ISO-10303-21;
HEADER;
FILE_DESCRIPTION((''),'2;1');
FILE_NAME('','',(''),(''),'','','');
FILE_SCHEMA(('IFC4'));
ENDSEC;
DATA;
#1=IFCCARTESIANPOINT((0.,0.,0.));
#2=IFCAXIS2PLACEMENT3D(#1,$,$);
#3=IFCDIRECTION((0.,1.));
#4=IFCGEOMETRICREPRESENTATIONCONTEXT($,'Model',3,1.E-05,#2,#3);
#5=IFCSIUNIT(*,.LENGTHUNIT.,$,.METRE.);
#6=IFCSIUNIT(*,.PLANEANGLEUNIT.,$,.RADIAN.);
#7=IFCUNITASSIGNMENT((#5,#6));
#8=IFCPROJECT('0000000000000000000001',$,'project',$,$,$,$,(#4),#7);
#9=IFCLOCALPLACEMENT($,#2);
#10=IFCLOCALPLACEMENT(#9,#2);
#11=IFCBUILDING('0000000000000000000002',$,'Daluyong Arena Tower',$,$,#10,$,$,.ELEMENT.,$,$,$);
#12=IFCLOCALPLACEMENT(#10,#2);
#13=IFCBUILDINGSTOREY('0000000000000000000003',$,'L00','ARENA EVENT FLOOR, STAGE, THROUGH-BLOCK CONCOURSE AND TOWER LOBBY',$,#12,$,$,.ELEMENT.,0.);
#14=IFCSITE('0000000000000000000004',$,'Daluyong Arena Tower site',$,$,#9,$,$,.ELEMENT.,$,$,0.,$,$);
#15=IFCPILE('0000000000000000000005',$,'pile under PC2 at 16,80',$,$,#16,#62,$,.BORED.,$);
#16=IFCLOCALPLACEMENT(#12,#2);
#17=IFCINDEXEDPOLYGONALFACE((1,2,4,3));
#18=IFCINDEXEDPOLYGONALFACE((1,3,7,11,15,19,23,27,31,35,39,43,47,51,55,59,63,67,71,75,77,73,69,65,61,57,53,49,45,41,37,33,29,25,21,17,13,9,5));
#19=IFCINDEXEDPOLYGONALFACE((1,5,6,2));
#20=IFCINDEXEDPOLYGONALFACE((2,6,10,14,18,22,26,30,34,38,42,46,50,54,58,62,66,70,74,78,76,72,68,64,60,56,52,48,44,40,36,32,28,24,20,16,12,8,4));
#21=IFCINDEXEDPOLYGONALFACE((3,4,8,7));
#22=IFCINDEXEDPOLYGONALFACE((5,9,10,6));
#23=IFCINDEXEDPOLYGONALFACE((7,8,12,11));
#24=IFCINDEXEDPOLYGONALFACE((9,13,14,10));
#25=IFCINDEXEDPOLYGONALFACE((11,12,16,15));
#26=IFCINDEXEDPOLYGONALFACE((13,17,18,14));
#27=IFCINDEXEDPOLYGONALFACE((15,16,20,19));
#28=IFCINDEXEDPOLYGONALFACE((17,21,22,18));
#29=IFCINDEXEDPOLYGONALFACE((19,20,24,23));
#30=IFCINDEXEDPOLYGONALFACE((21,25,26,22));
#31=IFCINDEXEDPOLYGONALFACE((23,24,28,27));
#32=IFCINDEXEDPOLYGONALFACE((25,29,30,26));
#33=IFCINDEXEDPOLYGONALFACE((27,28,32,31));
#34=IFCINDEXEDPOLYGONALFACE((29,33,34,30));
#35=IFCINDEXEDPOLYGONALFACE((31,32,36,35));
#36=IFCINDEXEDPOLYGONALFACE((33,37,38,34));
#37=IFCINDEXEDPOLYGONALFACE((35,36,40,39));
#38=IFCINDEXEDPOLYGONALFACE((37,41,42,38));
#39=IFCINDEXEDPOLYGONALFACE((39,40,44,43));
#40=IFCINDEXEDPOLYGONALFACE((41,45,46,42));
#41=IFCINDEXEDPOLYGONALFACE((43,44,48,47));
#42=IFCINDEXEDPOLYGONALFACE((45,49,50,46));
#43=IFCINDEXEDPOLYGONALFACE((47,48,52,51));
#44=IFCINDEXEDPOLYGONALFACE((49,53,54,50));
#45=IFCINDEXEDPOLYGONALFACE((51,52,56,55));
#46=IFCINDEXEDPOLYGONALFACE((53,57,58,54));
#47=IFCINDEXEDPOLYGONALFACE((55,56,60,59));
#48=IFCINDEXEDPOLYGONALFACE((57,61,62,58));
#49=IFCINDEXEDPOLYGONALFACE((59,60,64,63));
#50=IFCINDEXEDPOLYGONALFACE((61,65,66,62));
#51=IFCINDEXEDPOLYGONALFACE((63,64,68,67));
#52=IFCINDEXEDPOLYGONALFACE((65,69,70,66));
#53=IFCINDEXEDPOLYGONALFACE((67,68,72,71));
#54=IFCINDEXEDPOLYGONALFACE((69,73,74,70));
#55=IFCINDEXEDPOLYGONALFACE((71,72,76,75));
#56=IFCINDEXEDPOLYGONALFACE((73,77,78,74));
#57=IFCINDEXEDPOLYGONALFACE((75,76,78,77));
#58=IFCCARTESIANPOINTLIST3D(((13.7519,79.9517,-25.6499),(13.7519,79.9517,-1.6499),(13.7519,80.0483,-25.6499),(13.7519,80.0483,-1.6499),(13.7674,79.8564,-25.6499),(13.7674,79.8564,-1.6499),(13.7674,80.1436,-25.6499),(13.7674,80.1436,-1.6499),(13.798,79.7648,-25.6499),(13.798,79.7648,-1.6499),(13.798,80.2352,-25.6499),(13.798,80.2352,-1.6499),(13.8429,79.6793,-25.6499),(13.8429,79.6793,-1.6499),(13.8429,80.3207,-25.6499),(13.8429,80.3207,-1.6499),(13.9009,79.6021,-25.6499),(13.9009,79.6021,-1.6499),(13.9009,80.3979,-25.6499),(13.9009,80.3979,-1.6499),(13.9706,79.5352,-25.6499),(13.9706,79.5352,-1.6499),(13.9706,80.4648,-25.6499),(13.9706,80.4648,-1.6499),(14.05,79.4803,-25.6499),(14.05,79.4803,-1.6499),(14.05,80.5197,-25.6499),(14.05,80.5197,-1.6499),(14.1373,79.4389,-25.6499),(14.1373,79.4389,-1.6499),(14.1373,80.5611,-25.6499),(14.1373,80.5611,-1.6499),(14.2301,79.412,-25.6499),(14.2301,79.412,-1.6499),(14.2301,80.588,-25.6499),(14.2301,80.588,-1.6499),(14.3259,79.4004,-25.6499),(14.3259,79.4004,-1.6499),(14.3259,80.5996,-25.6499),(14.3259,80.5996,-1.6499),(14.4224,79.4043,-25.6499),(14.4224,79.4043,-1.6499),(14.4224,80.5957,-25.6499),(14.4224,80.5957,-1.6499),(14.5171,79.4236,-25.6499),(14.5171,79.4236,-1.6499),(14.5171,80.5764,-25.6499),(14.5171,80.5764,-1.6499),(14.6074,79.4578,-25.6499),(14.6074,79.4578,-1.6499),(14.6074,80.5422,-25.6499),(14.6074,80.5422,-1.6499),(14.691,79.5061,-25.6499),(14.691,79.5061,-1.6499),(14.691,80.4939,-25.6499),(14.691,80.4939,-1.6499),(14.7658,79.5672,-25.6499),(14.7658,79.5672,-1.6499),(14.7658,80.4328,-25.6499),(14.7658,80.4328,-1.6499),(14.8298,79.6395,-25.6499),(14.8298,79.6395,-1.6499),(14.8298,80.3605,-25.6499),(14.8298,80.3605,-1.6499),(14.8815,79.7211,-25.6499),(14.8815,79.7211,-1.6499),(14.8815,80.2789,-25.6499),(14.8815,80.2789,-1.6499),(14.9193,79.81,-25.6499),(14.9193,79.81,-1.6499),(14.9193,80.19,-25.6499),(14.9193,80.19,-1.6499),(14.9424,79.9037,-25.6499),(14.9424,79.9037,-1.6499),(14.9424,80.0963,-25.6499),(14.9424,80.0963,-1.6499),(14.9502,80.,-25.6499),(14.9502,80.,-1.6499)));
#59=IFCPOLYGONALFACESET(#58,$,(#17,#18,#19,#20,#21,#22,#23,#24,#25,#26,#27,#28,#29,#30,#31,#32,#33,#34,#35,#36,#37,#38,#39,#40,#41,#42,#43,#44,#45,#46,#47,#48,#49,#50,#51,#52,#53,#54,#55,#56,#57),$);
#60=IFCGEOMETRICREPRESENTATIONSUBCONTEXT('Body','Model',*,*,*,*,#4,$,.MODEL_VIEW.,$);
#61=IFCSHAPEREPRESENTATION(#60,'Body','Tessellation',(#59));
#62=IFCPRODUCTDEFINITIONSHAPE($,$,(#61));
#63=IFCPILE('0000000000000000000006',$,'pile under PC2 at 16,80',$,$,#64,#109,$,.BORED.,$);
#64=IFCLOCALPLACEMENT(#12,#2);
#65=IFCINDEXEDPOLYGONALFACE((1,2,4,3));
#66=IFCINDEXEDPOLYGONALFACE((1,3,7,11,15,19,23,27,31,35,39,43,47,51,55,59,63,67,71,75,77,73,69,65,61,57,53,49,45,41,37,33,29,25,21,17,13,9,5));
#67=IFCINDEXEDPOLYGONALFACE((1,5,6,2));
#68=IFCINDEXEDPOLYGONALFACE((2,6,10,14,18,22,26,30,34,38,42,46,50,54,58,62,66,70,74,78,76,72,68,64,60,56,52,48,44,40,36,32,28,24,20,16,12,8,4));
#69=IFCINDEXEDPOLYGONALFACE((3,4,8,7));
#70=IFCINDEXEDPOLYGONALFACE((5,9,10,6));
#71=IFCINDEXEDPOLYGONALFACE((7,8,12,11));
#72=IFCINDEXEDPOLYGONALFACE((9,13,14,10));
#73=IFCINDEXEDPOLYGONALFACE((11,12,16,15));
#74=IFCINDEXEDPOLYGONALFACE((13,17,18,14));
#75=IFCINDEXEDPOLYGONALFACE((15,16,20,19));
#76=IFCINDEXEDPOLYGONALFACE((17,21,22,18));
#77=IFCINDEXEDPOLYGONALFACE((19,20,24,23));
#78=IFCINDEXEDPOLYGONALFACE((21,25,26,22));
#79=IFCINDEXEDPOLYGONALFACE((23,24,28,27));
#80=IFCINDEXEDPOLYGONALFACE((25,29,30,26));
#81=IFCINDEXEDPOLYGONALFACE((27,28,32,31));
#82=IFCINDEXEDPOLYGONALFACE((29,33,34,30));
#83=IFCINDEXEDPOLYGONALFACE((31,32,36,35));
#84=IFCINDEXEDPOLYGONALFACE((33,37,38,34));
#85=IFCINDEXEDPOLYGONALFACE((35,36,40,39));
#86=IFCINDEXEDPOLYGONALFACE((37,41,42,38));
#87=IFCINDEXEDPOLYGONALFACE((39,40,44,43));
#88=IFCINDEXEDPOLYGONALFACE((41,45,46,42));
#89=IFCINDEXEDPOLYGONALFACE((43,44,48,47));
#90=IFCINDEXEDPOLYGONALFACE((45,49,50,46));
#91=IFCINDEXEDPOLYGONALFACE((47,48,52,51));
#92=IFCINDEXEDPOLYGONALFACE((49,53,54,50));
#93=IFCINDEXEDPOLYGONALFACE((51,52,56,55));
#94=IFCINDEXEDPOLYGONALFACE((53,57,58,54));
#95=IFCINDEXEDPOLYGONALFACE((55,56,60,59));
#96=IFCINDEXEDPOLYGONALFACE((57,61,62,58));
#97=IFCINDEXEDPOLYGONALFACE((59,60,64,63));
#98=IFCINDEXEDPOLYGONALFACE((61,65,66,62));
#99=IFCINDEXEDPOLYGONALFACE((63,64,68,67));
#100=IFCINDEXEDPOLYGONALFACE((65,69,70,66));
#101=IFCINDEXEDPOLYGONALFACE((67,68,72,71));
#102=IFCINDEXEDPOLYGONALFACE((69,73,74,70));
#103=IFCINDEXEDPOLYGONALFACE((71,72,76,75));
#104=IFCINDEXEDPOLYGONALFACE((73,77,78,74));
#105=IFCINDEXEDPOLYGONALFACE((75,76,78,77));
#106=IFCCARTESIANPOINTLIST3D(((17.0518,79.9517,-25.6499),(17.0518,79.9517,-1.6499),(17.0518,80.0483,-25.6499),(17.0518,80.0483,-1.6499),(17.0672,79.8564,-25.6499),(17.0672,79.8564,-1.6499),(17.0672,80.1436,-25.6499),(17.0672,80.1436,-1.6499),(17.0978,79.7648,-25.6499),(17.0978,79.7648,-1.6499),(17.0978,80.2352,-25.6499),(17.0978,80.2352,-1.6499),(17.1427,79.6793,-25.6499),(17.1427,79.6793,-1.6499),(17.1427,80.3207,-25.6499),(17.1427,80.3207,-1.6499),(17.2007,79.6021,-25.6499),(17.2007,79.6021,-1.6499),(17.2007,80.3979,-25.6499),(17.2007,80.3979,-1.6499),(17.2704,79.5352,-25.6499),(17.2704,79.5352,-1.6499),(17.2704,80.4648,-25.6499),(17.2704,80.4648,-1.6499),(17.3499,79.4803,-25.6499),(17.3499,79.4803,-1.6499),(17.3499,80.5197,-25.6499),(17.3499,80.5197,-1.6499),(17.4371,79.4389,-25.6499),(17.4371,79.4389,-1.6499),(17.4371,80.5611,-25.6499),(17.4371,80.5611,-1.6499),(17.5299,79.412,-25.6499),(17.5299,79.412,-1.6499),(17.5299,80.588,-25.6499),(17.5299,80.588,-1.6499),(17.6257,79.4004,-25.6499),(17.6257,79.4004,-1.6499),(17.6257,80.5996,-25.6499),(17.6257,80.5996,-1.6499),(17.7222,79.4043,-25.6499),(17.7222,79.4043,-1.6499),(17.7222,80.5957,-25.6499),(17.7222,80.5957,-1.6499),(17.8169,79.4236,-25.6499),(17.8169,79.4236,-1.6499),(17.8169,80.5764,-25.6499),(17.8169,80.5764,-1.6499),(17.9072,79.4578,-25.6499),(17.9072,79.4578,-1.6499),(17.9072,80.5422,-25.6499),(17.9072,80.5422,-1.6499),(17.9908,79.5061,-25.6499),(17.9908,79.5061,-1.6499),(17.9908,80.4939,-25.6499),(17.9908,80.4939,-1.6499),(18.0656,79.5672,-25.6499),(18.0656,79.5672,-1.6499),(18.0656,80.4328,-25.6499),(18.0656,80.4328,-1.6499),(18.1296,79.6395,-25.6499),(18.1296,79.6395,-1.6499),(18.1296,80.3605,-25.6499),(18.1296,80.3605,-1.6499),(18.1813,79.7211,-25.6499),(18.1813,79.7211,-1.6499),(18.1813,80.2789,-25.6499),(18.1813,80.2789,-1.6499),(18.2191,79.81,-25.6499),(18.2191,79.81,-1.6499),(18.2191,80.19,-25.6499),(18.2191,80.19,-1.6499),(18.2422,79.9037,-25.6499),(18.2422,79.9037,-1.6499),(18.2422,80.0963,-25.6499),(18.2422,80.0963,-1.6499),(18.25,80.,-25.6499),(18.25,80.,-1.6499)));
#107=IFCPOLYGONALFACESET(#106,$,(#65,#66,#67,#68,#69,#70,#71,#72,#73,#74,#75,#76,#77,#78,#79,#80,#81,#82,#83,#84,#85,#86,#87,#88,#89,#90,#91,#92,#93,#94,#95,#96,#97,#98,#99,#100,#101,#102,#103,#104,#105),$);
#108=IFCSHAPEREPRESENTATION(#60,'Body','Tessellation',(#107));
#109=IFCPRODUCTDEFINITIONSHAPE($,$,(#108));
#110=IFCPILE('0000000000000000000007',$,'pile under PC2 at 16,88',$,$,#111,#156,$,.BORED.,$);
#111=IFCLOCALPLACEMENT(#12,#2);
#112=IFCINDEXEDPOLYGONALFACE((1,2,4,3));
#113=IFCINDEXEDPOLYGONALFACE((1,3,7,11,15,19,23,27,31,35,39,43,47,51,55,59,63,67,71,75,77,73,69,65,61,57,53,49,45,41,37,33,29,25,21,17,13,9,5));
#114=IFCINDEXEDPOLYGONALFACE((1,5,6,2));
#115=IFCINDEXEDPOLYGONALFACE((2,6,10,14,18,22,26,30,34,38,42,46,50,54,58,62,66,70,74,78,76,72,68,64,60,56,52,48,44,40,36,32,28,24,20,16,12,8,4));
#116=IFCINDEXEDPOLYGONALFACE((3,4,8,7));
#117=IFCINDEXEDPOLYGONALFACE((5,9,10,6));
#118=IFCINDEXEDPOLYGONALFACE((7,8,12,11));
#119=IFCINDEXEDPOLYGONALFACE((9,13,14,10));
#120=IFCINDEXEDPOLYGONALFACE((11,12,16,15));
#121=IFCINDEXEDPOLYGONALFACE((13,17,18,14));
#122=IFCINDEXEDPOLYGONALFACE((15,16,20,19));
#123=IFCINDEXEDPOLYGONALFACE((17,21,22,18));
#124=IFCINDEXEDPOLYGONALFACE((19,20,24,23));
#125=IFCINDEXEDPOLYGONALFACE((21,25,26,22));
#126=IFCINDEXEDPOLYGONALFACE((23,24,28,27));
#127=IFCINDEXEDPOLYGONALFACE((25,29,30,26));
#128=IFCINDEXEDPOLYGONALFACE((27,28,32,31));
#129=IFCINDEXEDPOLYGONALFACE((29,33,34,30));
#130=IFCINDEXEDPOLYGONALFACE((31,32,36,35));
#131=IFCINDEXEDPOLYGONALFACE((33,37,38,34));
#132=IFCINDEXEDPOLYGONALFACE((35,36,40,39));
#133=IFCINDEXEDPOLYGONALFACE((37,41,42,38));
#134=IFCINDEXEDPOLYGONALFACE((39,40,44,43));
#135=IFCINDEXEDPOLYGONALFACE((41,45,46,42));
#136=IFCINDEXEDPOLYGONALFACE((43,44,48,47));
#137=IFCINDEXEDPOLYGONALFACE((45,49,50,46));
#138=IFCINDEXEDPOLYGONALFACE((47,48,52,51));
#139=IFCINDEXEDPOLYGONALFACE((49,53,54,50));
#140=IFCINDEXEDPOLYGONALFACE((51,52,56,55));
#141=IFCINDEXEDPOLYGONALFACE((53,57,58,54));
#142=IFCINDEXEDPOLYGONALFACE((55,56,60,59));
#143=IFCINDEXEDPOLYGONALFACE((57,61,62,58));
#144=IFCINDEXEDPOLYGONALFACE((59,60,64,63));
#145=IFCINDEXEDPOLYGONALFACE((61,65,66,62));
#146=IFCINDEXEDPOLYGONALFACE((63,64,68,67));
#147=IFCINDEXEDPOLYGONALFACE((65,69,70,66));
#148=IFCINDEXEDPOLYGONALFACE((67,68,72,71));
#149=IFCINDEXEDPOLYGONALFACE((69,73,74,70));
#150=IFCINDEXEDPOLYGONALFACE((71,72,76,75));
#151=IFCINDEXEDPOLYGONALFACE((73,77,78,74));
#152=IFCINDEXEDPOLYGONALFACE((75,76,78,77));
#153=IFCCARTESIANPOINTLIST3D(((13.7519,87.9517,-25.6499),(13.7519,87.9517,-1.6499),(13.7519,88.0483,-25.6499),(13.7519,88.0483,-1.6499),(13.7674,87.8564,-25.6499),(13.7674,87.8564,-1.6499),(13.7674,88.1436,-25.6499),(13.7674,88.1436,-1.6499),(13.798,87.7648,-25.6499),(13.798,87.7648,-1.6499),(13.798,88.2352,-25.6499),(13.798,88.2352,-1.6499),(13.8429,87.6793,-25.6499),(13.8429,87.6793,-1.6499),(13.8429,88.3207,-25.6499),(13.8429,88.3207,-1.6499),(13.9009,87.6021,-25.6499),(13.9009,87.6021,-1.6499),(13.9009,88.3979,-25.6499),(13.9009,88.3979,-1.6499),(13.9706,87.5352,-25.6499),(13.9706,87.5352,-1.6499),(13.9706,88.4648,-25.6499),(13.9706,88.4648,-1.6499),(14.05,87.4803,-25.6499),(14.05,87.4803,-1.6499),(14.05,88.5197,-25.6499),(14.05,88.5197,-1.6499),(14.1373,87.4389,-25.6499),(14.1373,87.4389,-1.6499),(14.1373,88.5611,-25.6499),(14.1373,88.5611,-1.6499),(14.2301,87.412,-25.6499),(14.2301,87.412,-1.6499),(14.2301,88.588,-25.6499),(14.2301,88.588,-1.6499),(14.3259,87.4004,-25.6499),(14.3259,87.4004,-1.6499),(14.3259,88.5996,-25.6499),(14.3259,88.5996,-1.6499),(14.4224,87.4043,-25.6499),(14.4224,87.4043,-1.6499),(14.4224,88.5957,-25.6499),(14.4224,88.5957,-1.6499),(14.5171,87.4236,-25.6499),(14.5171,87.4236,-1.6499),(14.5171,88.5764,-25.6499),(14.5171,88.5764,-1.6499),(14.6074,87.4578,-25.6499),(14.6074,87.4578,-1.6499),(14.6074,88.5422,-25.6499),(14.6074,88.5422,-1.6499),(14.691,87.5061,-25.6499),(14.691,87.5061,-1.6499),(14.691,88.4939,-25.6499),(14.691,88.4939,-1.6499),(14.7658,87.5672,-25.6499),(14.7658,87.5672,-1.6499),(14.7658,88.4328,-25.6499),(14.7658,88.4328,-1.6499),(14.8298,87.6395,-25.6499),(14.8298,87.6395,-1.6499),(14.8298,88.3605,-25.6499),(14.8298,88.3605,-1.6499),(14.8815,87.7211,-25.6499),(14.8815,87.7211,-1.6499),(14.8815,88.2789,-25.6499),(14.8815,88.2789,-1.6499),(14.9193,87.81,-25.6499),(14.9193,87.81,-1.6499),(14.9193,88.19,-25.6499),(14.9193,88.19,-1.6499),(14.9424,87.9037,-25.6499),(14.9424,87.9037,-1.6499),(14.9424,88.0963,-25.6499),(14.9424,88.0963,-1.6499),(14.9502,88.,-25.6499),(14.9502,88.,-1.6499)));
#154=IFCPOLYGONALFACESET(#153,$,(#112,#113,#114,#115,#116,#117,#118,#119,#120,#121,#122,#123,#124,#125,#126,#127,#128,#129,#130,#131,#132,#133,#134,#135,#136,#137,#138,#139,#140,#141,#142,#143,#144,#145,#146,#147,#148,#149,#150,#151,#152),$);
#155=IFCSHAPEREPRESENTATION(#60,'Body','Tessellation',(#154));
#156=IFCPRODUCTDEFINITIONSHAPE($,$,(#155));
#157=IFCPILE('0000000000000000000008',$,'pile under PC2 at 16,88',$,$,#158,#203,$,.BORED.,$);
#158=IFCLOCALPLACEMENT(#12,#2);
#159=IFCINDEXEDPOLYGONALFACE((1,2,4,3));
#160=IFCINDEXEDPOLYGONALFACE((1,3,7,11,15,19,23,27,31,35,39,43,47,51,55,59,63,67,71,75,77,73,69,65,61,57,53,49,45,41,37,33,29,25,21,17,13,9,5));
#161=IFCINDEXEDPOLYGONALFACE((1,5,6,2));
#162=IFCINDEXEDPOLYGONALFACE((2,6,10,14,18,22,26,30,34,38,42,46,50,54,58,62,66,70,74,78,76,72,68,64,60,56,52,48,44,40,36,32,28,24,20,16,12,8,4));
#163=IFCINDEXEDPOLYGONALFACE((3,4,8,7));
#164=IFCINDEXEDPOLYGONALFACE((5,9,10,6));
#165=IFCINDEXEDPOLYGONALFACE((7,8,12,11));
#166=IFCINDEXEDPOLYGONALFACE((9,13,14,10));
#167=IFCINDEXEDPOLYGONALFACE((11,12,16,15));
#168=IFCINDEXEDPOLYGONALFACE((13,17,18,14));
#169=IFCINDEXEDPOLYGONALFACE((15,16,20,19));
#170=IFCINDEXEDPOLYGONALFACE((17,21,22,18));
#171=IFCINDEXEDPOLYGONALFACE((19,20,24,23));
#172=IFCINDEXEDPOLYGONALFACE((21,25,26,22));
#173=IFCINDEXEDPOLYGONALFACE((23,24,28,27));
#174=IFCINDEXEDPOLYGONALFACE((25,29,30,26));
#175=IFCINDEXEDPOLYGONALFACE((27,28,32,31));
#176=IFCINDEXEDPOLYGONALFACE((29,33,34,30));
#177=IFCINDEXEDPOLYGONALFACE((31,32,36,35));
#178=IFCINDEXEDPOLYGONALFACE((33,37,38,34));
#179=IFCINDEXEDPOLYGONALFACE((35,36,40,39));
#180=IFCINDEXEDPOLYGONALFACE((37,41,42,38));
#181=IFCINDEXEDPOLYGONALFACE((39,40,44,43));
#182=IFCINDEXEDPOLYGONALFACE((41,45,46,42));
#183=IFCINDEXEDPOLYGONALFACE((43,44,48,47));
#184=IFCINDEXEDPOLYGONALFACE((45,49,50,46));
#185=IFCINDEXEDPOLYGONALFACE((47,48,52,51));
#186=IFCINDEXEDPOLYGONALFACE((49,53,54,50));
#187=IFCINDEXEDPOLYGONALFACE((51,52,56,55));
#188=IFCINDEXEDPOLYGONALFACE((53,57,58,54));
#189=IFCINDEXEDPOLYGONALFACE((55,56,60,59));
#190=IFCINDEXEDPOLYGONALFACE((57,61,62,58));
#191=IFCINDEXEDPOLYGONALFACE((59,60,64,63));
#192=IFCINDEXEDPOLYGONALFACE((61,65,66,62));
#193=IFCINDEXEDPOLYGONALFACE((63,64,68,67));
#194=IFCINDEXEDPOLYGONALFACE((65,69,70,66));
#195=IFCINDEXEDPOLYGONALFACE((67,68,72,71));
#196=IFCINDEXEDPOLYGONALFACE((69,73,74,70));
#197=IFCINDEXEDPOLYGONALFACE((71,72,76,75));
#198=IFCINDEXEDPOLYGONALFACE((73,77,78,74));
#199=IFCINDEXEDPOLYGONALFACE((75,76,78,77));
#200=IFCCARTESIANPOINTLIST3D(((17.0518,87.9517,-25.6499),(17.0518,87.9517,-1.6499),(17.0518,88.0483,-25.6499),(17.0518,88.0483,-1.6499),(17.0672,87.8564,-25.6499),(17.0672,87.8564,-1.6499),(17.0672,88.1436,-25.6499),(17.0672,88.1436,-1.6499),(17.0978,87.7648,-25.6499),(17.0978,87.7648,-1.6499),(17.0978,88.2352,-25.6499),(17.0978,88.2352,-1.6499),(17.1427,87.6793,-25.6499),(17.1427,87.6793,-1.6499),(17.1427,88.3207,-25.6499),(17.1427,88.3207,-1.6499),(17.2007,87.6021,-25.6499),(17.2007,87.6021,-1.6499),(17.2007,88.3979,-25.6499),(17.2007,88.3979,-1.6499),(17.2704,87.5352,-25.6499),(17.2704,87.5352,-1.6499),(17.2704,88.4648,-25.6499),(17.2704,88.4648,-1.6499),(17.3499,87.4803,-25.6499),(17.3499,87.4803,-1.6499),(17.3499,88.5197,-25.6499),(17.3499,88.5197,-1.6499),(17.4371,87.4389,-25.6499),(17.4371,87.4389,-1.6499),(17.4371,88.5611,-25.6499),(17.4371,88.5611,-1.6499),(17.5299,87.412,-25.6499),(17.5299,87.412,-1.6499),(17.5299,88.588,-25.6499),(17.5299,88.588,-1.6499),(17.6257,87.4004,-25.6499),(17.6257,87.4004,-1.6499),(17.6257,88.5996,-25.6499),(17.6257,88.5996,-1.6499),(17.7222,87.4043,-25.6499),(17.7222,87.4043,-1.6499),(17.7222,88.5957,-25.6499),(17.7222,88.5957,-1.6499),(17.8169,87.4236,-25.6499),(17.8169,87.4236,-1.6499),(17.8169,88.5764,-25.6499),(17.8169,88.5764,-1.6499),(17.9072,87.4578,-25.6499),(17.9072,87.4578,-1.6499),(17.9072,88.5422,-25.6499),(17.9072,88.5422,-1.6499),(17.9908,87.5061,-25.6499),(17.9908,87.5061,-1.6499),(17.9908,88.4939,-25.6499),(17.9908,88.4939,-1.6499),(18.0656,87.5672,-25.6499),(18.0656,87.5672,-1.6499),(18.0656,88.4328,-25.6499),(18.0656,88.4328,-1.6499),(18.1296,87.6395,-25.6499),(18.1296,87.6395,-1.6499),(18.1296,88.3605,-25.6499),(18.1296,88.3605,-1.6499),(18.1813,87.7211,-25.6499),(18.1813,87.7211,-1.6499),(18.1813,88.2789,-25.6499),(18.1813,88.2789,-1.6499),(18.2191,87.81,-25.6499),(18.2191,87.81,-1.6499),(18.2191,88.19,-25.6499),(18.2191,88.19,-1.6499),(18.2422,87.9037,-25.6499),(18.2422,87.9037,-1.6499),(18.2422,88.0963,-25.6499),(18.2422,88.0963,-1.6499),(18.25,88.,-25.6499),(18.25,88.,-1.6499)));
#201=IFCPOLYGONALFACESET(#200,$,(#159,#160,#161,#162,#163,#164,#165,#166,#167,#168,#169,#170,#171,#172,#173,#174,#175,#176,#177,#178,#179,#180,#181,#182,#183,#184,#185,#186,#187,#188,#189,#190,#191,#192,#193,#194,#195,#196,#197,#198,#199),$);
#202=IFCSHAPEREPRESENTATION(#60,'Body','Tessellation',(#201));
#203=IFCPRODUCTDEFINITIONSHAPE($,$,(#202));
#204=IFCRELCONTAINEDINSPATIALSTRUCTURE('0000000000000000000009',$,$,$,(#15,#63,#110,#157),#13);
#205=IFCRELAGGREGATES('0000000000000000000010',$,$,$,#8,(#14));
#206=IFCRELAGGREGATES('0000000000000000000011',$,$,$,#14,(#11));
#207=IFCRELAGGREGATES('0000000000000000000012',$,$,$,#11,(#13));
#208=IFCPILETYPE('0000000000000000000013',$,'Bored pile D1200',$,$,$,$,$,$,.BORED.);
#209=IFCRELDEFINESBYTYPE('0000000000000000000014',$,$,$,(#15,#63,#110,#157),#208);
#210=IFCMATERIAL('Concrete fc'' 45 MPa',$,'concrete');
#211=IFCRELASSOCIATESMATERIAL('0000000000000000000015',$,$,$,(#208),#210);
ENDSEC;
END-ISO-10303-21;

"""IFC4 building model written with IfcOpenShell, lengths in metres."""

from ifc_helpers import new_model, si_unit, direction, frame, origin, origin_2d, place, context, subcontext, project, spatial, circle, extrude, material, type_object, element, save


model = new_model("IFC4")

# Units and contexts
model_context = context("Model", 3, precision=1e-05, world=origin(), true_north=direction((0.0, 1.0)))
body_context = subcontext(model_context, "Body", "Model", "MODEL_VIEW")
ifc_project = project(units=[si_unit("LENGTHUNIT", "METRE"), si_unit("PLANEANGLEUNIT", "RADIAN")], contexts=[model_context])

# Site, building, storey
site_placement = place(None, origin())
site = spatial("IfcSite", under=ifc_project, at=site_placement, Name="Daluyong Arena Tower site", CompositionType="ELEMENT", RefElevation=0.0)
building_placement = place(site_placement, origin())
building = spatial("IfcBuilding", under=site, at=building_placement, Name="Daluyong Arena Tower", CompositionType="ELEMENT")
storey_placement = place(building_placement, origin())
storey = spatial("IfcBuildingStorey", under=building, at=storey_placement, Name="L00", Description="ARENA EVENT FLOOR, STAGE, THROUGH-BLOCK CONCOURSE AND TOWER LOBBY", CompositionType="ELEMENT", Elevation=0.0)

# Piles
ifc_material_1 = material(Name="Concrete fc' 45 MPa", Category="concrete")
pile_type = type_object("IfcPileType", Name="Bored pile D1200", PredefinedType="BORED", material=ifc_material_1)
for number, where, z_axis, x_axis, name in (
    (1, (14.3501, 80.0, -1.6499), (0.0, 0.0, -1.0), (1.0, 0.0, 0.0), "pile under PC2 at 16,80"),
    (2, (17.6499, 80.0, -1.6499), (0.0, 0.0, -1.0), (1.0, 0.0, 0.0), "pile under PC2 at 16,80"),
    (3, (14.3501, 88.0, -1.6499), (0.0, 0.0, -1.0), (1.0, 0.0, 0.0), "pile under PC2 at 16,88"),
    (4, (17.6499, 88.0, -1.6499), (0.0, 0.0, -1.0), (1.0, 0.0, 0.0), "pile under PC2 at 16,88"),
):
    element("IfcPile", number, at=place(storey_placement, frame(where, z_axis=z_axis, x_axis=x_axis)), inside=storey, type_object=pile_type, Name=name, PredefinedType="BORED", context=body_context, shape_type="SweptSolid", body=[
        extrude(circle(Radius=0.6001, at=origin_2d()), origin(), (0.0, 0.0, 1.0), 24.0),
    ])

save(model, "model.ifc")
